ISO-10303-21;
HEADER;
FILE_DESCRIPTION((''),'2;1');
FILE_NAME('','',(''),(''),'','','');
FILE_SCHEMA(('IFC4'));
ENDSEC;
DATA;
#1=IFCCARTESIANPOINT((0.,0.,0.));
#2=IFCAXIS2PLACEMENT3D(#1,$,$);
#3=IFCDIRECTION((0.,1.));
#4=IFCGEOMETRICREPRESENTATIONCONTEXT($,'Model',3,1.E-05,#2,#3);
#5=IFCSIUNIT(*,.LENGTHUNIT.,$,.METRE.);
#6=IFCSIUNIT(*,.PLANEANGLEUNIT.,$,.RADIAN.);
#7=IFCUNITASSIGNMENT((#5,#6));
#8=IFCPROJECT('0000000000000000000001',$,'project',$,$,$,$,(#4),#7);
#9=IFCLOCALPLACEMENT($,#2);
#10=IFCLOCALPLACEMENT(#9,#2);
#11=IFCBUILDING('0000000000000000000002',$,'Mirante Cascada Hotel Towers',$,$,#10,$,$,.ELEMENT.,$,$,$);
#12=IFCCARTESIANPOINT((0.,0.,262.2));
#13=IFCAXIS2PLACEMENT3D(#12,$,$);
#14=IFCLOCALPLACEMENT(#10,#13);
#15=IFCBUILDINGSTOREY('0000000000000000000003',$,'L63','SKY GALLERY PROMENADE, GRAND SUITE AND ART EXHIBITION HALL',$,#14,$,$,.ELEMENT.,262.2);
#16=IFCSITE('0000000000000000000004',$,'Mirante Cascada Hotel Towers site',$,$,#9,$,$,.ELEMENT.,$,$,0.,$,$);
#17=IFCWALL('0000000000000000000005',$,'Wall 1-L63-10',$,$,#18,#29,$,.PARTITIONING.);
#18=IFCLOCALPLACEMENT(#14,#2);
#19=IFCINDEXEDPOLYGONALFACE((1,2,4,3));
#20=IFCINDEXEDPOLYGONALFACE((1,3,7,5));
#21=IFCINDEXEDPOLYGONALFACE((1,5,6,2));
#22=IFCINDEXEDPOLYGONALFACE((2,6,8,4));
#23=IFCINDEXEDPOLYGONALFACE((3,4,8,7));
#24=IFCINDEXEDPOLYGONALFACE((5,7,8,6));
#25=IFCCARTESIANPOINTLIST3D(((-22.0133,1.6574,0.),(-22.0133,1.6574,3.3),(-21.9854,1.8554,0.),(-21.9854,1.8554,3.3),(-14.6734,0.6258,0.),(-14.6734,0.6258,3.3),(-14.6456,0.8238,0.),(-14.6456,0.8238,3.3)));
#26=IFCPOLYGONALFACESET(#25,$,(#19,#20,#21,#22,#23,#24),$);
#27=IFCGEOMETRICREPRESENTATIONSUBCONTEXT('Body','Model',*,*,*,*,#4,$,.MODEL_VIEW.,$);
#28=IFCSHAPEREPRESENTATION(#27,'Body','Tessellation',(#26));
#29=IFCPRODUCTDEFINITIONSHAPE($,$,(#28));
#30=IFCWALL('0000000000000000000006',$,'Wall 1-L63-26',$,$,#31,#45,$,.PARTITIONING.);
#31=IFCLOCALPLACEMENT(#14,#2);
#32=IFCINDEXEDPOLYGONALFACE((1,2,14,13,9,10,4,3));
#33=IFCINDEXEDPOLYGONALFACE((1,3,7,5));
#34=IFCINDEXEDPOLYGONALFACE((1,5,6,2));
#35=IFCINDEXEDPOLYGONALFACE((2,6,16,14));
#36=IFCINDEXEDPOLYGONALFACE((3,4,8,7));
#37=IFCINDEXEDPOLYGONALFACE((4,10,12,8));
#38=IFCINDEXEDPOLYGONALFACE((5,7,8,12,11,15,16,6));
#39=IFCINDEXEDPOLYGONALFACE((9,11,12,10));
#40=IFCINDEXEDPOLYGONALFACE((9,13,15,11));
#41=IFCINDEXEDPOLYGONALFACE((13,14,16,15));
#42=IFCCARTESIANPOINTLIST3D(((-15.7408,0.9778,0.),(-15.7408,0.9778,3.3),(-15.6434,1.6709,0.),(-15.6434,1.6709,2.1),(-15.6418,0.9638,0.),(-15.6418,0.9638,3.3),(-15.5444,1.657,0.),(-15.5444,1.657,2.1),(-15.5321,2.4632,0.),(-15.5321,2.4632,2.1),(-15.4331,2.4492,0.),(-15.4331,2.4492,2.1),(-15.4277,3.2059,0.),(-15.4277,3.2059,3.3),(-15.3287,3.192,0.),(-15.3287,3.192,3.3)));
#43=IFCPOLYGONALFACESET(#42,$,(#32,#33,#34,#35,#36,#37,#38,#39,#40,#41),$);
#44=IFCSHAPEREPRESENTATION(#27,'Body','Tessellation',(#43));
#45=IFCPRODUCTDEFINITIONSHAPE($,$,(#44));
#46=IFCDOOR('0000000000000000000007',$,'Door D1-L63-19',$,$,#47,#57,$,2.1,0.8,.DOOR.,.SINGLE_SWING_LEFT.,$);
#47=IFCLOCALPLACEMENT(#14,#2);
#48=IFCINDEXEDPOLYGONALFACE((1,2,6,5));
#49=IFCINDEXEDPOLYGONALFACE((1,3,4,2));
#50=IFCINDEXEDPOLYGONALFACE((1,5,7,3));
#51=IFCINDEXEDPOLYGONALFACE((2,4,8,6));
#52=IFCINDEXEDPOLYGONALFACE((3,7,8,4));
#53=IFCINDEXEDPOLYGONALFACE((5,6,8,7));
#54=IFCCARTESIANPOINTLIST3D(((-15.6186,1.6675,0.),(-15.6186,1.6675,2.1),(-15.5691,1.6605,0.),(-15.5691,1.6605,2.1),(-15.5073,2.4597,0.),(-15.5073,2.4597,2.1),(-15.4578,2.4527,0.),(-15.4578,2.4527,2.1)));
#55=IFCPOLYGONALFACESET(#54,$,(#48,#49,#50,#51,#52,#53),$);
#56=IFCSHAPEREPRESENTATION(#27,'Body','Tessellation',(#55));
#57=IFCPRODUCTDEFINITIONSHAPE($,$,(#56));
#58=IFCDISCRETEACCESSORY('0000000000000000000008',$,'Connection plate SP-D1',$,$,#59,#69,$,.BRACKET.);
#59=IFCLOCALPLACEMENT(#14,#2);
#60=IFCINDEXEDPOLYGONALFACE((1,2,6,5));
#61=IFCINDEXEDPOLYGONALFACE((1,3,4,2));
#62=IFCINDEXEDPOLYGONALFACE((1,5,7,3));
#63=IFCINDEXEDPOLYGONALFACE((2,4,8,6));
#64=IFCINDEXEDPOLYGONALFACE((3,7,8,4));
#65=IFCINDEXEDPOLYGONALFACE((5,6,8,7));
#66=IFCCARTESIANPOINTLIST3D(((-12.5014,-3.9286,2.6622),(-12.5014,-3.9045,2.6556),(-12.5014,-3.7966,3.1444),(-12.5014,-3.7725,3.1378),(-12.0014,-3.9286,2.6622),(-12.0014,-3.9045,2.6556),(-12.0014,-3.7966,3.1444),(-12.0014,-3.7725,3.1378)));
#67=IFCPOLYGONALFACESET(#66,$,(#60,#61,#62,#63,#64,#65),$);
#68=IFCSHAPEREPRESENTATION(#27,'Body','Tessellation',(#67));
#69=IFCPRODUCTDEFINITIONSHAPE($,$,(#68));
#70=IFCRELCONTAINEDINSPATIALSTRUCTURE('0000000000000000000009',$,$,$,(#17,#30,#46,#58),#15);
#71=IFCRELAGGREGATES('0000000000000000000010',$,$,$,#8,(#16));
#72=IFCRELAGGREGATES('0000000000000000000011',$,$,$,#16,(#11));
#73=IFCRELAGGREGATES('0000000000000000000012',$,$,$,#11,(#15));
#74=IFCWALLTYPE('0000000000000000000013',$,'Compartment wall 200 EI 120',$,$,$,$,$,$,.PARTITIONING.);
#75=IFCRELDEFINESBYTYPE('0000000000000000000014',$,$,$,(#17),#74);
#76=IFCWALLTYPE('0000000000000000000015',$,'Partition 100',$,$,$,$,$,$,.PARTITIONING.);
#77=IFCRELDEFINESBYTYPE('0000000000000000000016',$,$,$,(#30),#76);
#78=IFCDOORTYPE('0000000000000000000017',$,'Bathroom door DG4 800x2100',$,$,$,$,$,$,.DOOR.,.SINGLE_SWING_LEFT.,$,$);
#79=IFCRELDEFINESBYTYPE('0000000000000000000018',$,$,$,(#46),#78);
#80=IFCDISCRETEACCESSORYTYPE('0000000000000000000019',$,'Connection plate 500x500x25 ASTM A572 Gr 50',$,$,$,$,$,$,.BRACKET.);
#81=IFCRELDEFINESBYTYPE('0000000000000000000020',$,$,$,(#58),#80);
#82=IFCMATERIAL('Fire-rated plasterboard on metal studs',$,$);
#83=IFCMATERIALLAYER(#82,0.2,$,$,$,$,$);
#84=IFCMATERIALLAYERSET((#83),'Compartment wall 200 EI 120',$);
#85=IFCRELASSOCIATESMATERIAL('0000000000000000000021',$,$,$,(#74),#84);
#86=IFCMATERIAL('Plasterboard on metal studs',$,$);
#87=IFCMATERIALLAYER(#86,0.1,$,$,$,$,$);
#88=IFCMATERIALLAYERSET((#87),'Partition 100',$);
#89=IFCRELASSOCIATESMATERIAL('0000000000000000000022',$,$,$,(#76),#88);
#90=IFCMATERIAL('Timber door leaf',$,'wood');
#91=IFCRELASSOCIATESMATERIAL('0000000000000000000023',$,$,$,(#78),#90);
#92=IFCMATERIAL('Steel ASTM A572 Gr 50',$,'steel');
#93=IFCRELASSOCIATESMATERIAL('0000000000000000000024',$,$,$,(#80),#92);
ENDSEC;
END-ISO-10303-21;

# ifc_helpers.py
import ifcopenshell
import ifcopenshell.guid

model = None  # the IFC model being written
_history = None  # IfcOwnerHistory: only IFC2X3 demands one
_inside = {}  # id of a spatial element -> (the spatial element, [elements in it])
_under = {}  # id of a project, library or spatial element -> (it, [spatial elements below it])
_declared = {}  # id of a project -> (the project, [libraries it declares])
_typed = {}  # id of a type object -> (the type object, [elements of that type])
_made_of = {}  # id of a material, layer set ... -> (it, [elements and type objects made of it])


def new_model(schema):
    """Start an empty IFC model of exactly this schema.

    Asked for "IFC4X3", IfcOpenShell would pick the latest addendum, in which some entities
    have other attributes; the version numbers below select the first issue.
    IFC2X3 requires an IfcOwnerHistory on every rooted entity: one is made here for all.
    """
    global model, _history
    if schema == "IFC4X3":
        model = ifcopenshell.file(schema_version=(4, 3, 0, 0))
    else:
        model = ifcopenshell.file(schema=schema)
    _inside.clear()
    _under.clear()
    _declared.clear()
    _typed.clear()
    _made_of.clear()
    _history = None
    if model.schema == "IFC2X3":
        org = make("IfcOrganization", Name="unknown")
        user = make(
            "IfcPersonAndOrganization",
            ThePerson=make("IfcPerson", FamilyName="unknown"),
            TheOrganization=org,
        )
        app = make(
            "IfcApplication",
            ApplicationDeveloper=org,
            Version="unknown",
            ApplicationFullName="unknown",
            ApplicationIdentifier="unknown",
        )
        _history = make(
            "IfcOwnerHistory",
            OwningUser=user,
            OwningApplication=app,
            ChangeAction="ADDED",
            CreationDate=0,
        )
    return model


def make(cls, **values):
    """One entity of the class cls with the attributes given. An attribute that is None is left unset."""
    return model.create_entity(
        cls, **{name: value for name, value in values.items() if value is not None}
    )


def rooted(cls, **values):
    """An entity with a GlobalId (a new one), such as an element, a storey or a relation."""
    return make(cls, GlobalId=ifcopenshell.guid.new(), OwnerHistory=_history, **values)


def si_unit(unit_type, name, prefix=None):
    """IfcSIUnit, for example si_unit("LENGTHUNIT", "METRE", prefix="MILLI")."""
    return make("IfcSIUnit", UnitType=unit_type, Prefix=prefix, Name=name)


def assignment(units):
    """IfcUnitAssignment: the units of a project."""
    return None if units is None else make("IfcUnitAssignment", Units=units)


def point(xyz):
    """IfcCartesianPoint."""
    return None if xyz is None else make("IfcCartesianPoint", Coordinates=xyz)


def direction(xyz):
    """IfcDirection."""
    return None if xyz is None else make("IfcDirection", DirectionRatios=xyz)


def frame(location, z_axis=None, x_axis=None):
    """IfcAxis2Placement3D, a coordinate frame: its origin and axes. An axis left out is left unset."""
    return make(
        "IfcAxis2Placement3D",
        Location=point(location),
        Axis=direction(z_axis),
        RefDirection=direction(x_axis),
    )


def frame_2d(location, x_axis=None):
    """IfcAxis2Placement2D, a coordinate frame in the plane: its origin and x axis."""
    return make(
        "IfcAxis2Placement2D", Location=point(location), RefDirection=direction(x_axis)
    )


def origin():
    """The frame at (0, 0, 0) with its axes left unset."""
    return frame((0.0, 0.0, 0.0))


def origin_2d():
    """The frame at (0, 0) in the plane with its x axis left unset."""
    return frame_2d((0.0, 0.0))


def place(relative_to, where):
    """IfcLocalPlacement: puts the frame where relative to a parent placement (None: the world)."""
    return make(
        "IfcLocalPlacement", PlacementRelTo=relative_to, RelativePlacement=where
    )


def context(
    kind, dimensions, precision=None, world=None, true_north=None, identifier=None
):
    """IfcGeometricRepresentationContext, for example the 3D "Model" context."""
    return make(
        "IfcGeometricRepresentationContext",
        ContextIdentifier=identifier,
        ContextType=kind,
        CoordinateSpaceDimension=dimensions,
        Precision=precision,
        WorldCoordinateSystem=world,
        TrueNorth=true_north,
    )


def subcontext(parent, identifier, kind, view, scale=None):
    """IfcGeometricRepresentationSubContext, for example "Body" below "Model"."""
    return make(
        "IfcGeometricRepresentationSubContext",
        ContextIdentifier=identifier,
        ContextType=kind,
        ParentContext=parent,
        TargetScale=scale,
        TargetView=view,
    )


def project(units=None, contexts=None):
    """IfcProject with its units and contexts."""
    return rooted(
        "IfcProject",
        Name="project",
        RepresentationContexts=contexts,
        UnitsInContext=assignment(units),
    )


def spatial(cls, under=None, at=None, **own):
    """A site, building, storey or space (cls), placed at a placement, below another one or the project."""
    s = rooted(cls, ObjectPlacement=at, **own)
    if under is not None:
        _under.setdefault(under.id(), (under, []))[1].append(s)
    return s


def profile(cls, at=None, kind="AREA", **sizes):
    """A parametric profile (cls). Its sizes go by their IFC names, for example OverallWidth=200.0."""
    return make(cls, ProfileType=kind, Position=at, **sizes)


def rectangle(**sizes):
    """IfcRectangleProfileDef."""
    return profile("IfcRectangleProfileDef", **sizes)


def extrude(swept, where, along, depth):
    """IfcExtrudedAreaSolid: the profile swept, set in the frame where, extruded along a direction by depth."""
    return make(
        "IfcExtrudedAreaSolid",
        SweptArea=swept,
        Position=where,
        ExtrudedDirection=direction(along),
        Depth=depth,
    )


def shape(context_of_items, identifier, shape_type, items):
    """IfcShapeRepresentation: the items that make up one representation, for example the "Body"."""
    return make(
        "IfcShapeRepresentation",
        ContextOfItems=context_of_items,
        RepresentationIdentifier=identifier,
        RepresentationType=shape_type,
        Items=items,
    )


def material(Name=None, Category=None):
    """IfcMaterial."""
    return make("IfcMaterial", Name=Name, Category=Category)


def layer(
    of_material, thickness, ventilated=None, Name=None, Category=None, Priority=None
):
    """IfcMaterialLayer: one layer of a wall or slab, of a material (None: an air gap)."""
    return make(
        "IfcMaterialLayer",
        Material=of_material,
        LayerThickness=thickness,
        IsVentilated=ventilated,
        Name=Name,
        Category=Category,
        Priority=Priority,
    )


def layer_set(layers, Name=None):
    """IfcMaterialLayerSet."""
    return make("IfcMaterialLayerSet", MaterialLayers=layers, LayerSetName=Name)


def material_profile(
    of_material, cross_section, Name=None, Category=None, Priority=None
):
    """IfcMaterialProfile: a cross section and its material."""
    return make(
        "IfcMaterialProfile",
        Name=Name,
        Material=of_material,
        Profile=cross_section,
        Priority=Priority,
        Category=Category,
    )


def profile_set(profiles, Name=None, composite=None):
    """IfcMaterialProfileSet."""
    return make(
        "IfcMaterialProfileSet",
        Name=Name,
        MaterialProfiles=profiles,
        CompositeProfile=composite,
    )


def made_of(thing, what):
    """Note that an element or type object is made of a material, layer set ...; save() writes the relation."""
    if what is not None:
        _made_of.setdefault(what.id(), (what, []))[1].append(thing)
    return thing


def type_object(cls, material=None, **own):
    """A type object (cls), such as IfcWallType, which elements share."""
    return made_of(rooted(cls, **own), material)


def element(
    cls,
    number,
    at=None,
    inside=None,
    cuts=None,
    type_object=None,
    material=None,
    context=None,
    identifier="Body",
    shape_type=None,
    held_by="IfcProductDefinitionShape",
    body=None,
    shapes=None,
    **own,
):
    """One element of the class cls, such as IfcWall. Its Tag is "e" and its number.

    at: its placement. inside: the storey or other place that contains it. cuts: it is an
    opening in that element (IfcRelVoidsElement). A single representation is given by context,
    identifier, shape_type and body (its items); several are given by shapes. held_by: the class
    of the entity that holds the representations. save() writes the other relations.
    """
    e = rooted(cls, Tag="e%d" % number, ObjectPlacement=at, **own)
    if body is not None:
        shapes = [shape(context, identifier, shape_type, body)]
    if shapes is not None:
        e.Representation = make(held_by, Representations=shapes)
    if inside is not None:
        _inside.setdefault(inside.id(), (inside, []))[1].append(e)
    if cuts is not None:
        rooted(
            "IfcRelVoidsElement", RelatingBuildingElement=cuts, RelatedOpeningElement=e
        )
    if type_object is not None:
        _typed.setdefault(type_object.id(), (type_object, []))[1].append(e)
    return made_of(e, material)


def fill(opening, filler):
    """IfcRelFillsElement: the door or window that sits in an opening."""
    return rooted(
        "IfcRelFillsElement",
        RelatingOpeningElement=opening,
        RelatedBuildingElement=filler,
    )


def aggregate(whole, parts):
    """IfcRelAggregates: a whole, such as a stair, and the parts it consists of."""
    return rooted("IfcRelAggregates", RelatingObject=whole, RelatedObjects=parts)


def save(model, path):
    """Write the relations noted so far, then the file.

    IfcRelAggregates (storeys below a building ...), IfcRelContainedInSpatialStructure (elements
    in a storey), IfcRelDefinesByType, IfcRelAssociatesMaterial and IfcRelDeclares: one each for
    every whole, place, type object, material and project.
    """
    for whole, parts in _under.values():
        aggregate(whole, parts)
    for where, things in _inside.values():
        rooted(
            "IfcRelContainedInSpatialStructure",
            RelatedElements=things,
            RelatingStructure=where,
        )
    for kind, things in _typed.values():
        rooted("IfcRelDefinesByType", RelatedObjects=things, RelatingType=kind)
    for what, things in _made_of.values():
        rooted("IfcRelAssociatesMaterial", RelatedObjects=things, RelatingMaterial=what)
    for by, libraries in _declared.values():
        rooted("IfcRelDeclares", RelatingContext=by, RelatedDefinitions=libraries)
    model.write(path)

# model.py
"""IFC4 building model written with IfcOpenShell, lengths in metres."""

from ifc_helpers import new_model, si_unit, direction, frame, frame_2d, origin, origin_2d, place, context, subcontext, project, spatial, rectangle, extrude, material, layer, layer_set, material_profile, profile_set, type_object, element, fill, save


model = new_model("IFC4")

# Units and contexts
model_context = context("Model", 3, precision=1e-05, world=origin(), true_north=direction((0.0, 1.0)))
body_context = subcontext(model_context, "Body", "Model", "MODEL_VIEW")
ifc_project = project(units=[si_unit("LENGTHUNIT", "METRE"), si_unit("PLANEANGLEUNIT", "RADIAN")], contexts=[model_context])

# Site, building, storey
site_placement = place(None, origin())
site = spatial("IfcSite", under=ifc_project, at=site_placement, Name="Mirante Cascada Hotel Towers site", CompositionType="ELEMENT", RefElevation=0.0)
building_placement = place(site_placement, origin())
building = spatial("IfcBuilding", under=site, at=building_placement, Name="Mirante Cascada Hotel Towers", CompositionType="ELEMENT")
storey_placement = place(building_placement, frame((0.0, 0.0, 262.2)))
storey = spatial("IfcBuildingStorey", under=building, at=storey_placement, Name="L63", Description="SKY GALLERY PROMENADE, GRAND SUITE AND ART EXHIBITION HALL", CompositionType="ELEMENT", Elevation=262.2)

# Wall
ifc_material_1 = material(Name="Fire-rated plasterboard on metal studs")
ifc_layer_1 = layer(ifc_material_1, 0.2)
ifc_layer_set_1 = layer_set([ifc_layer_1], Name="Compartment wall 200 EI 120")
wall_type_1 = type_object("IfcWallType", Name="Compartment wall 200 EI 120", PredefinedType="PARTITIONING", material=ifc_layer_set_1)
wall_1_placement = place(storey_placement, frame((-14.6595, 0.7248, 0.0), z_axis=(0.0, 0.0, 1.0), x_axis=(-0.990267, 0.139179, 0.0)))
element("IfcWall", 1, at=wall_1_placement, inside=storey, type_object=wall_type_1, Name="Wall 1-L63-10", PredefinedType="PARTITIONING", context=body_context, shape_type="SweptSolid", body=[
    extrude(rectangle(XDim=7.412, YDim=0.2, at=frame_2d((3.706, 0.0))), origin(), (0.0, 0.0, 1.0), 3.3),
])

# Wall, opening, door
ifc_material_2 = material(Name="Plasterboard on metal studs")
ifc_layer_2 = layer(ifc_material_2, 0.1)
ifc_layer_set_2 = layer_set([ifc_layer_2], Name="Partition 100")
wall_type_2 = type_object("IfcWallType", Name="Partition 100", PredefinedType="PARTITIONING", material=ifc_layer_set_2)
wall_2_placement = place(storey_placement, frame((-15.6913, 0.9708, 0.0), z_axis=(0.0, 0.0, 1.0), x_axis=(0.139156, 0.990271, 0.0)))
wall_2 = element("IfcWall", 2, at=wall_2_placement, inside=storey, type_object=wall_type_2, Name="Wall 1-L63-26", PredefinedType="PARTITIONING", context=body_context, shape_type="SweptSolid", body=[
    extrude(rectangle(XDim=2.25, YDim=0.1, at=frame_2d((1.125, 0.0))), origin(), (0.0, 0.0, 1.0), 3.3),
])
opening_placement = place(wall_2_placement, frame((0.7, 0.0, 0.0)))
opening = element("IfcOpeningElement", 3, at=opening_placement, cuts=wall_2, PredefinedType="OPENING", context=body_context, shape_type="SweptSolid", body=[
    extrude(rectangle(XDim=0.8, YDim=2.1, at=frame_2d((0.4, 1.05))), frame((0.0, 0.05, 0.0), z_axis=(0.0, -1.0, 0.0), x_axis=(1.0, 0.0, 0.0)), (0.0, 0.0, 1.0), 0.1),
])
ifc_material_3 = material(Name="Timber door leaf", Category="wood")
door_type = type_object("IfcDoorType", Name="Bathroom door DG4 800x2100", OperationType="SINGLE_SWING_LEFT", PredefinedType="DOOR", material=ifc_material_3)
door_placement = place(opening_placement, origin())
door = element("IfcDoor", 4, at=door_placement, inside=storey, type_object=door_type, Name="Door D1-L63-19", OperationType="SINGLE_SWING_LEFT", OverallHeight=2.1, OverallWidth=0.8, PredefinedType="DOOR", context=body_context, shape_type="SweptSolid", body=[
    extrude(rectangle(XDim=0.8, YDim=2.1, at=frame_2d((0.4, 1.05))), frame((0.0, 0.025, 0.0), z_axis=(0.0, -1.0, 0.0), x_axis=(1.0, 0.0, 0.0)), (0.0, 0.0, 1.0), 0.05),
])
fill(opening, door)

# Discrete accessory
ifc_material_4 = material(Name="Steel ASTM A572 Gr 50", Category="steel")
ifc_material_profile_1 = material_profile(ifc_material_4, rectangle(XDim=0.5, YDim=0.5, at=origin_2d()), Name="Connection plate 500x500x25 ASTM A572 Gr 50")
ifc_profile_set_1 = profile_set([ifc_material_profile_1], Name="Steel ASTM A572 Gr 50")
discrete_accessory_type = type_object("IfcDiscreteAccessoryType", Name="Connection plate 500x500x25 ASTM A572 Gr 50", PredefinedType="BRACKET", material=ifc_profile_set_1)
discrete_accessory_placement = place(storey_placement, frame((-12.2514, -3.8385, 2.8967), z_axis=(0.0, -0.964486, 0.264133), x_axis=(1.0, 0.0, 0.0)))
element("IfcDiscreteAccessory", 5, at=discrete_accessory_placement, inside=storey, type_object=discrete_accessory_type, Name="Connection plate SP-D1", PredefinedType="BRACKET", context=body_context, shape_type="SweptSolid", body=[
    extrude(rectangle(XDim=0.5, YDim=0.5, at=origin_2d()), origin(), (0.0, 0.0, 1.0), 0.025),
])

save(model, "model.ifc")
